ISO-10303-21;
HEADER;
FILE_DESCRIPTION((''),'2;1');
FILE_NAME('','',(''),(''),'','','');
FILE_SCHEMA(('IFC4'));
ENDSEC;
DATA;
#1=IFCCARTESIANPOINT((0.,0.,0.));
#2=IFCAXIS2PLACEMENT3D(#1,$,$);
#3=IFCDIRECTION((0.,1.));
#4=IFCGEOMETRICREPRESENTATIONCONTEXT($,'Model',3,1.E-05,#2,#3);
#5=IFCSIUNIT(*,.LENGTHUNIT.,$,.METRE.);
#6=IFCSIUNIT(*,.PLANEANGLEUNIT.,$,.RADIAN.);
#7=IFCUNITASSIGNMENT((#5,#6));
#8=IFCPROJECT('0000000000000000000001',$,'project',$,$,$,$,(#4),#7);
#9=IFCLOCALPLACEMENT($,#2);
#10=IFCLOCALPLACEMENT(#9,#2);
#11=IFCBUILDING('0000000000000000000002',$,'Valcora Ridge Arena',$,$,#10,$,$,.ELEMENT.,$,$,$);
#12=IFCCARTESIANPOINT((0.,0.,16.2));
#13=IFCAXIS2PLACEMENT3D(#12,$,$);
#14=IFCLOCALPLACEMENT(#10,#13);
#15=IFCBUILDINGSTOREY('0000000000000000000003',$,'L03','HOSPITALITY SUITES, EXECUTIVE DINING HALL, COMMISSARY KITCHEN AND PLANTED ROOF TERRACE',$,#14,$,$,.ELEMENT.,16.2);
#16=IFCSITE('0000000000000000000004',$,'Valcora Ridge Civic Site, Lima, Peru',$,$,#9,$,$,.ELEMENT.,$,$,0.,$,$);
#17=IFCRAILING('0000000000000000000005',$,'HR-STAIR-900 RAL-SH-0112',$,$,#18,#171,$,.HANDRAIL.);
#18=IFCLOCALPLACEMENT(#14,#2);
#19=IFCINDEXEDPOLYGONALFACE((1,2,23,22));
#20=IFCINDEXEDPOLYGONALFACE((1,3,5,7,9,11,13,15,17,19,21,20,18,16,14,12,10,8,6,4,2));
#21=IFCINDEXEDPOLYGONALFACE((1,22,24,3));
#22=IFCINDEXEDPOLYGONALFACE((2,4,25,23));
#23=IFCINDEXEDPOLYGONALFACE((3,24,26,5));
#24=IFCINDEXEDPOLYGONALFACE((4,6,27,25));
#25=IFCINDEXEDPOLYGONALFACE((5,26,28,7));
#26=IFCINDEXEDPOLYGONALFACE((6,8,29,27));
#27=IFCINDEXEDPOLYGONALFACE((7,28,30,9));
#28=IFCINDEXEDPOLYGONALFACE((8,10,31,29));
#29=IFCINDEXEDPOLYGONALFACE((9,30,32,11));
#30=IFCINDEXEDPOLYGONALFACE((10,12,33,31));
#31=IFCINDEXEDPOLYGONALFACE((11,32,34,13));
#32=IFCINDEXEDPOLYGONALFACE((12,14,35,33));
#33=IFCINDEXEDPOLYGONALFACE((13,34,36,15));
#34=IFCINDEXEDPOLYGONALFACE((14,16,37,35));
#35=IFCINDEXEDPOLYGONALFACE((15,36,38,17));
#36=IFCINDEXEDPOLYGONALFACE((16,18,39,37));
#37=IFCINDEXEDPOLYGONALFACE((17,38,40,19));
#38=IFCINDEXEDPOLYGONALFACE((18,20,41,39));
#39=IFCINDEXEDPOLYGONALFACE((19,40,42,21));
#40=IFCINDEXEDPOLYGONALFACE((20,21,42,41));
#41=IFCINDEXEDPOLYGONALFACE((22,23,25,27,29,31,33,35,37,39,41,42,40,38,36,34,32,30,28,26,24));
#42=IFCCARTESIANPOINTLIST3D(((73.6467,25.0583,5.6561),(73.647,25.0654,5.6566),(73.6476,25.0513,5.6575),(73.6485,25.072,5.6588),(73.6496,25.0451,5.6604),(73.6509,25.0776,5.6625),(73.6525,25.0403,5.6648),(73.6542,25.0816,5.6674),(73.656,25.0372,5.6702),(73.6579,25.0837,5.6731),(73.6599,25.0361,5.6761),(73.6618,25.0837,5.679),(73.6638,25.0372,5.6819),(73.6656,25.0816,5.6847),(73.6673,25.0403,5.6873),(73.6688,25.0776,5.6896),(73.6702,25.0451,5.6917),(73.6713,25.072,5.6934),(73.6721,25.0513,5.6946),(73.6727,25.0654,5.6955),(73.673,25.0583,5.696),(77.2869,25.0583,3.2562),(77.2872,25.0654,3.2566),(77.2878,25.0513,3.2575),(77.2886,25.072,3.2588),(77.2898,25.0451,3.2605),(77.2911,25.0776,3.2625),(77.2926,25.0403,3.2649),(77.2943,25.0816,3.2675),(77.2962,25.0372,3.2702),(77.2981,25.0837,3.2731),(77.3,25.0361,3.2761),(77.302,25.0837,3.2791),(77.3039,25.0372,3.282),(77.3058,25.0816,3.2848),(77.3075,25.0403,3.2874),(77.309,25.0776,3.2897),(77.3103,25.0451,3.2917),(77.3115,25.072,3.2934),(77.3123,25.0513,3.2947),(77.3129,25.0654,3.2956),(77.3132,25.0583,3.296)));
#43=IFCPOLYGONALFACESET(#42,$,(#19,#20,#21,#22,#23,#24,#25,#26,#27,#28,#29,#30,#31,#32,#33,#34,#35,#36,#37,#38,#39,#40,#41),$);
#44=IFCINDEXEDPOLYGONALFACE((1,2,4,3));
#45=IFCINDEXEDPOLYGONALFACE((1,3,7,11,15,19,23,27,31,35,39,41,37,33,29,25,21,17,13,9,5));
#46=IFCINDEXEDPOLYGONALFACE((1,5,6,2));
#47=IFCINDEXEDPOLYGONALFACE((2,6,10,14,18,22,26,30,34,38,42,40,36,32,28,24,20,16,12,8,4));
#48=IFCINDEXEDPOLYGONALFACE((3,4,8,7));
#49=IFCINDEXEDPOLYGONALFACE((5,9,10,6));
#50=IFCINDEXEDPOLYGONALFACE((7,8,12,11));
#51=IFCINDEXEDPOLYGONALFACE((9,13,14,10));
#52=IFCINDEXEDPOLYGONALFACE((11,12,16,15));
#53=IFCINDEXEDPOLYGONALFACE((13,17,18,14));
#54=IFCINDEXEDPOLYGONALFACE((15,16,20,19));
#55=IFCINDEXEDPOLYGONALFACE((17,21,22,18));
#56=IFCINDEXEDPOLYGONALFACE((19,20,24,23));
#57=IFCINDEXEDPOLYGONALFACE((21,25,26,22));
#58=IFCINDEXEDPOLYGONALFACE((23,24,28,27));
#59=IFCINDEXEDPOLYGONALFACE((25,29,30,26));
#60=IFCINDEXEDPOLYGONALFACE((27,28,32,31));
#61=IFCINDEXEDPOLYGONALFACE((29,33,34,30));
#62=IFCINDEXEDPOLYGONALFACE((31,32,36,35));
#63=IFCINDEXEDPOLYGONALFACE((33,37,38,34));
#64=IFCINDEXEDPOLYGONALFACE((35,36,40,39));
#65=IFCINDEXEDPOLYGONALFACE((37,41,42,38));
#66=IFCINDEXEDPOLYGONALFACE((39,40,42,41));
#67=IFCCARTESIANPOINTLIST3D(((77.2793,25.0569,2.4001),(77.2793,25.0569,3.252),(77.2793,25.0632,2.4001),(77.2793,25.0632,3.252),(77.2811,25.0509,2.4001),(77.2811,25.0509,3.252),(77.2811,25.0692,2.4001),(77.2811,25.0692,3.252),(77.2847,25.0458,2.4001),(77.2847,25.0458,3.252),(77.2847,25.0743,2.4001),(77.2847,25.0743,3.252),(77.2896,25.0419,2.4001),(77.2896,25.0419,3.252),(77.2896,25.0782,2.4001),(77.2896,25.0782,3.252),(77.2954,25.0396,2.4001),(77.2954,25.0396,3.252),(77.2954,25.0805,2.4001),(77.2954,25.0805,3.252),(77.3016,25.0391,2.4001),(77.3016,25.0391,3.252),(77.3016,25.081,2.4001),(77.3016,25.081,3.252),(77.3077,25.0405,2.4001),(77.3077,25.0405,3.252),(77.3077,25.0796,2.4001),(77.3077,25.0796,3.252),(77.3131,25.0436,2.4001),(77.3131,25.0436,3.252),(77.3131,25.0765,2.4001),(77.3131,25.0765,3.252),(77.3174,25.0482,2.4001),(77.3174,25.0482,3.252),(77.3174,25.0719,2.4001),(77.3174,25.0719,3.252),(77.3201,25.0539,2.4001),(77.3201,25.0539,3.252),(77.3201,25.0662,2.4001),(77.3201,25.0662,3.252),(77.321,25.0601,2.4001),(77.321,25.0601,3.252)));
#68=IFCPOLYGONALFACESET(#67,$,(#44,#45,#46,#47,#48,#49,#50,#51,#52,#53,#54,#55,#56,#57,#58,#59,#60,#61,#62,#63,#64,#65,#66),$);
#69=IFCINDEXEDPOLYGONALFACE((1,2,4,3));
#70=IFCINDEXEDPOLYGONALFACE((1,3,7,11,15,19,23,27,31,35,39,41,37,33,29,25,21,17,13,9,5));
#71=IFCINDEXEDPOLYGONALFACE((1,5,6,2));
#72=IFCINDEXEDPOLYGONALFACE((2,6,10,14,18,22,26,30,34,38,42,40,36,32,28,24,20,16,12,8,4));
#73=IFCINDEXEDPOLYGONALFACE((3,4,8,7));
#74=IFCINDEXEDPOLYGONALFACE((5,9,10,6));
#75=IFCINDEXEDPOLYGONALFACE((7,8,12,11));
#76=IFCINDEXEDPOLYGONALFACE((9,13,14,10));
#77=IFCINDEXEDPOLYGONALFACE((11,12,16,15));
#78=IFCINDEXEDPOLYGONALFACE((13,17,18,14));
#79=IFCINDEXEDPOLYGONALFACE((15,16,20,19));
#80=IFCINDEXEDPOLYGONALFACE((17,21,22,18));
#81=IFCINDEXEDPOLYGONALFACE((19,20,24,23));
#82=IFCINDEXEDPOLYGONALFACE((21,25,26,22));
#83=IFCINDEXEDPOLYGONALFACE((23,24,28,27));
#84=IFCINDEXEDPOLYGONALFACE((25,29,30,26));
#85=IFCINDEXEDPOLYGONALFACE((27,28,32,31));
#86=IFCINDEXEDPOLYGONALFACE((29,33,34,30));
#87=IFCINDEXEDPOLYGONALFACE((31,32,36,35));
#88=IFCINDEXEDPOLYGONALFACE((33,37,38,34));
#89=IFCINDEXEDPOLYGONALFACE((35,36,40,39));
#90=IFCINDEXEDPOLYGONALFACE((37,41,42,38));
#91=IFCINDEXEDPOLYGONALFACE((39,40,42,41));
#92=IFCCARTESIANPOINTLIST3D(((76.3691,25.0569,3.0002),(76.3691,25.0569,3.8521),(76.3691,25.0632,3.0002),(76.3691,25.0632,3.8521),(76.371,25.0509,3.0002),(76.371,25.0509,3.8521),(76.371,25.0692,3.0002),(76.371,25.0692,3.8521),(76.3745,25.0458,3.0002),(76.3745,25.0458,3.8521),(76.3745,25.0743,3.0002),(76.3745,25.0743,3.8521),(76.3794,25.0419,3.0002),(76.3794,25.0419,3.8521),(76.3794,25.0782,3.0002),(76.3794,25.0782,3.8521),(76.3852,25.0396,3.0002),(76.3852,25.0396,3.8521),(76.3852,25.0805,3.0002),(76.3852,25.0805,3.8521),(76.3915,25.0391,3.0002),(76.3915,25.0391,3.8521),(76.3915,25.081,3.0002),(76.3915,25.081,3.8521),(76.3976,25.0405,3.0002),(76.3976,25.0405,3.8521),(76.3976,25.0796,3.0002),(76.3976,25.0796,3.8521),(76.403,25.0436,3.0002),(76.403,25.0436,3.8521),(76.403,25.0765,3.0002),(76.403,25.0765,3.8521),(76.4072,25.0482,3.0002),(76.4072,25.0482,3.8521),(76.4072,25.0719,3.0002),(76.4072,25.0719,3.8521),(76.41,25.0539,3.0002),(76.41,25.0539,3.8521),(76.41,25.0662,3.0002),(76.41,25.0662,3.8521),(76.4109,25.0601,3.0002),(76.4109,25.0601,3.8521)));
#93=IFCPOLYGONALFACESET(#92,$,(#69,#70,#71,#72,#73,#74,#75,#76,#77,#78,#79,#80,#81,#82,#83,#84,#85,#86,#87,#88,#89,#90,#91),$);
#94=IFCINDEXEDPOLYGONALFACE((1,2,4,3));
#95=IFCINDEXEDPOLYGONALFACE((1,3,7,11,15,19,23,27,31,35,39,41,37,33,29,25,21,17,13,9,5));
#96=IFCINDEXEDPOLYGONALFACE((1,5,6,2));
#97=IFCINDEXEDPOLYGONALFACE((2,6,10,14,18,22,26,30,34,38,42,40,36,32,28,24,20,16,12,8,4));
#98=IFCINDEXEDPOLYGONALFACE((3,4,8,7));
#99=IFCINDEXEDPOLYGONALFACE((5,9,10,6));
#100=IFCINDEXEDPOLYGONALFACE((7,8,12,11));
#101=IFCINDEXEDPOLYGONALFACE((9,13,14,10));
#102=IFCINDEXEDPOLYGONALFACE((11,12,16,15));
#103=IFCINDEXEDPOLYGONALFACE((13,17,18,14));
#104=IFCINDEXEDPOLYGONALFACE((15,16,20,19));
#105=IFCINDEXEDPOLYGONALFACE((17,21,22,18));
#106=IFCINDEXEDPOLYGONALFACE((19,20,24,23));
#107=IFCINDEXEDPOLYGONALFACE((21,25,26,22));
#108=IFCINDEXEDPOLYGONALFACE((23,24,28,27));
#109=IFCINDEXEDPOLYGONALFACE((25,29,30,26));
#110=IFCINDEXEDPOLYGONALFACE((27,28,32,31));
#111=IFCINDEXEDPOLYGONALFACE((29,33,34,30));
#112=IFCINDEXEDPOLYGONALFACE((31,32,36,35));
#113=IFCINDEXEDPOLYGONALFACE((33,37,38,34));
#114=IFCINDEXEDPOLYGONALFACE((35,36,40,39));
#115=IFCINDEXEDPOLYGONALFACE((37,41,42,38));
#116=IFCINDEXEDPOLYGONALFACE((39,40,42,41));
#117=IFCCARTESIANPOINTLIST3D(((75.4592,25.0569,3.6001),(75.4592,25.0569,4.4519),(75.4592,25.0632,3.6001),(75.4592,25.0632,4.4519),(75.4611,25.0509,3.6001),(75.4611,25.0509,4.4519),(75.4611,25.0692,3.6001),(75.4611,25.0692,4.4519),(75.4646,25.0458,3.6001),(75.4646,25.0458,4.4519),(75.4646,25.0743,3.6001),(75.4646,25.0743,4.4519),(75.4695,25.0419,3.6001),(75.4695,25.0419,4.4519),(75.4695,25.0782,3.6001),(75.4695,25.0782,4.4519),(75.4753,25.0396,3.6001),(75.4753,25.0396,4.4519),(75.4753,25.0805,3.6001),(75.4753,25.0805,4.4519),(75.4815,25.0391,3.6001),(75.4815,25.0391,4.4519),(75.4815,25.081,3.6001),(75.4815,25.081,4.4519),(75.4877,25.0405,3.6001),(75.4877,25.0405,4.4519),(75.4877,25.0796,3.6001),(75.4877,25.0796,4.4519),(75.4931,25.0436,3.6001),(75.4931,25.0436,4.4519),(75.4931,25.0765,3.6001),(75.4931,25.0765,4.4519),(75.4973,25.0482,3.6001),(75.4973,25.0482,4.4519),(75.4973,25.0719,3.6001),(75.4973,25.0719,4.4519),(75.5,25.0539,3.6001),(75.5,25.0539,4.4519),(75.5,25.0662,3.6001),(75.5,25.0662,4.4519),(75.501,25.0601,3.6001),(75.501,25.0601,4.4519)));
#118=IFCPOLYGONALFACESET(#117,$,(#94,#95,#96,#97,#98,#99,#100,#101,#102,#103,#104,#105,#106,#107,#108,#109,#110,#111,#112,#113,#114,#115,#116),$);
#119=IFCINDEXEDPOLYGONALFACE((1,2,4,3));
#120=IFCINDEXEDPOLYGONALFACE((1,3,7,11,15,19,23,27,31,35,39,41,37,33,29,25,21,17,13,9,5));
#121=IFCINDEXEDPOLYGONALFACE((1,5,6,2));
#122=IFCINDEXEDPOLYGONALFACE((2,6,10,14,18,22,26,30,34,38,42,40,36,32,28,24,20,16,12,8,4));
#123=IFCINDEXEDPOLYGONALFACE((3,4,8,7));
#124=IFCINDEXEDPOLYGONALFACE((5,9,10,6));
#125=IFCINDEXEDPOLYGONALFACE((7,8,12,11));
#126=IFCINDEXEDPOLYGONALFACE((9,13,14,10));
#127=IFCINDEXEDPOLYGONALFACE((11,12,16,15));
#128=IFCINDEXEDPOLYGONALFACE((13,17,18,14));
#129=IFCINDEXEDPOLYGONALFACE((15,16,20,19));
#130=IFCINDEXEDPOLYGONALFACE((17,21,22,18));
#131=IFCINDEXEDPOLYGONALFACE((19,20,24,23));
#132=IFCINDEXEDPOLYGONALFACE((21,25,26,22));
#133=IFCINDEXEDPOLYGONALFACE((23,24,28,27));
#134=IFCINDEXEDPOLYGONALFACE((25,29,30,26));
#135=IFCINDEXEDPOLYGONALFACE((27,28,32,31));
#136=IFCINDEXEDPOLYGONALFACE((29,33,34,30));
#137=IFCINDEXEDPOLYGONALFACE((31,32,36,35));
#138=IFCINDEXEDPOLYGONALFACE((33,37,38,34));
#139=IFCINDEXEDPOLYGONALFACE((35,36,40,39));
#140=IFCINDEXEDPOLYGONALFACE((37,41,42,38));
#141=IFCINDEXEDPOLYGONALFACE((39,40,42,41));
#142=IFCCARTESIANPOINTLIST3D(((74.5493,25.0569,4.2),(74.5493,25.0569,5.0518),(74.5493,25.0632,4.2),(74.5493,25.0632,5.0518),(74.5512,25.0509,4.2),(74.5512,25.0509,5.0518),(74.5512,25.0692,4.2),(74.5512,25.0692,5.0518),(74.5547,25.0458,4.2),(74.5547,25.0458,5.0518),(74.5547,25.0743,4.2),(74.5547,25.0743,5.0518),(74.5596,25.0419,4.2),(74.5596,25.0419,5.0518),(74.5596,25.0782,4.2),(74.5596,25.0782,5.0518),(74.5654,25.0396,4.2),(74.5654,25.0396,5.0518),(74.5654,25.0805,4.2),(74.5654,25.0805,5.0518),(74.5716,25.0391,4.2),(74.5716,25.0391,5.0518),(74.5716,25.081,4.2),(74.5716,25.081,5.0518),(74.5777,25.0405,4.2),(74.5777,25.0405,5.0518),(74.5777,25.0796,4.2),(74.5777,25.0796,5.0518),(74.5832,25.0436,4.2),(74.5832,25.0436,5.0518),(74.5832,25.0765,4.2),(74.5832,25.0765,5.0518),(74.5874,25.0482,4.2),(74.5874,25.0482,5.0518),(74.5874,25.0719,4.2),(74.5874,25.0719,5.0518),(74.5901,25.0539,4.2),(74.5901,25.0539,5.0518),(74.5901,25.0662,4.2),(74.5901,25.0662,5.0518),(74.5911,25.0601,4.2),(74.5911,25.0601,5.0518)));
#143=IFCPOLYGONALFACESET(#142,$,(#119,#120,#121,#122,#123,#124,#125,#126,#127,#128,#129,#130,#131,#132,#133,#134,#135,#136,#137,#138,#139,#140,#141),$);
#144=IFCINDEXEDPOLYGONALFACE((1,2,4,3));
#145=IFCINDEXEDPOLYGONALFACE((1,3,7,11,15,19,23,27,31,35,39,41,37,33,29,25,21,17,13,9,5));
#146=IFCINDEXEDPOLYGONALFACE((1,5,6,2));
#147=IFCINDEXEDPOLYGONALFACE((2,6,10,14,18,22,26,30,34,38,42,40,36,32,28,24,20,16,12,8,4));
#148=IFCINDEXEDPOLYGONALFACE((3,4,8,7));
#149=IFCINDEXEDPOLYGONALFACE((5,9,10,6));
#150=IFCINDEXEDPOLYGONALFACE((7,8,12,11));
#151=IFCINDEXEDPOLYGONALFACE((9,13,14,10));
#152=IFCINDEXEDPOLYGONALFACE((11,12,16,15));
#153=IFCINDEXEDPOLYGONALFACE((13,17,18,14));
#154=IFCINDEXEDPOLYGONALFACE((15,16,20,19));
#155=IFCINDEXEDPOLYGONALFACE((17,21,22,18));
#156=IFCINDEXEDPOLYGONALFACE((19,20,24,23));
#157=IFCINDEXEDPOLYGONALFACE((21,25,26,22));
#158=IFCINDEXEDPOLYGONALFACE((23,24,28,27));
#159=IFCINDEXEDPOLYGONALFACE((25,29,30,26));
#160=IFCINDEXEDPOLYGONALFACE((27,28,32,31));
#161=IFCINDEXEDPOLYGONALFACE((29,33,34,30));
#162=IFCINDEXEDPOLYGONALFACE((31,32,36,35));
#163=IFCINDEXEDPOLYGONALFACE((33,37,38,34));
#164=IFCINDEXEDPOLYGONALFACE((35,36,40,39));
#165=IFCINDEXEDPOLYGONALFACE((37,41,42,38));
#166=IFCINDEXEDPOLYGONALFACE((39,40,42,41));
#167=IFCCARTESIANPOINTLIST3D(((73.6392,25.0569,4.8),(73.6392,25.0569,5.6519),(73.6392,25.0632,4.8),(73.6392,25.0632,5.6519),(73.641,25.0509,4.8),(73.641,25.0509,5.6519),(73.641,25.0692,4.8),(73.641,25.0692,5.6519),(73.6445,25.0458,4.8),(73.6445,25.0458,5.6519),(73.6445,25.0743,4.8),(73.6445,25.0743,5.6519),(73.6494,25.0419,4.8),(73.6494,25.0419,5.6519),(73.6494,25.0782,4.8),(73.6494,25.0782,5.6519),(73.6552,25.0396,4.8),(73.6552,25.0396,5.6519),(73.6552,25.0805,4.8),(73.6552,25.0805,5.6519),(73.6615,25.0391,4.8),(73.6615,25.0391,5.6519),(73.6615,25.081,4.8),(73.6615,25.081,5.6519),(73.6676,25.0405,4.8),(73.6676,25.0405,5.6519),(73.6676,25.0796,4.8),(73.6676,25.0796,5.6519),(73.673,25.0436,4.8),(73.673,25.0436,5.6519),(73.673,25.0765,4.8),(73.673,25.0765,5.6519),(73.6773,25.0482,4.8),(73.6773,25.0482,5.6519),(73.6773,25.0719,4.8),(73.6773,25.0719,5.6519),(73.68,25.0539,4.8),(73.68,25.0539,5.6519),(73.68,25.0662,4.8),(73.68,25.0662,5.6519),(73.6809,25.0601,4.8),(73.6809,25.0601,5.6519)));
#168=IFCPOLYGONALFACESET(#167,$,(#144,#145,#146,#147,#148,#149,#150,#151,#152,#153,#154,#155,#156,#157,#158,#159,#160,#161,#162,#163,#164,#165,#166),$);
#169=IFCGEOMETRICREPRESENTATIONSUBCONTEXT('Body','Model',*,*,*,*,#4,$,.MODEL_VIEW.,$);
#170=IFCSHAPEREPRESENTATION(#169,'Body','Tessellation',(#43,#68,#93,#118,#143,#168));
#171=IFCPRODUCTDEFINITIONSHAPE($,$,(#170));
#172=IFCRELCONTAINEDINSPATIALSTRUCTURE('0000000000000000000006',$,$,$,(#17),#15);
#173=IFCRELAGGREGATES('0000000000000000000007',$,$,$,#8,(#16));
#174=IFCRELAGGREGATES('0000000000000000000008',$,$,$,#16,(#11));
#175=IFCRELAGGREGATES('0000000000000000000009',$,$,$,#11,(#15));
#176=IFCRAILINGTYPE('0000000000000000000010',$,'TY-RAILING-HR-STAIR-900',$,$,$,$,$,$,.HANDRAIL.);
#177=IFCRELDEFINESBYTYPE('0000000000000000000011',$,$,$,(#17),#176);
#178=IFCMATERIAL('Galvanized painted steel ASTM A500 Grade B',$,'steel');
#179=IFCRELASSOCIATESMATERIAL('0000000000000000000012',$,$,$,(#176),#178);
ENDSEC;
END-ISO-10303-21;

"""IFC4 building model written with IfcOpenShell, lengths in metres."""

from ifc_helpers import new_model, si_unit, direction, frame, origin, origin_2d, place, context, subcontext, project, spatial, circle, extrude, material, type_object, element, save


model = new_model("IFC4")

# Units and contexts
model_context = context("Model", 3, precision=1e-05, world=origin(), true_north=direction((0.0, 1.0)))
body_context = subcontext(model_context, "Body", "Model", "MODEL_VIEW")
ifc_project = project(units=[si_unit("LENGTHUNIT", "METRE"), si_unit("PLANEANGLEUNIT", "RADIAN")], contexts=[model_context])

# Site, building, storey
site_placement = place(None, origin())
site = spatial("IfcSite", under=ifc_project, at=site_placement, Name="Valcora Ridge Civic Site, Lima, Peru", CompositionType="ELEMENT", RefElevation=0.0)
building_placement = place(site_placement, origin())
building = spatial("IfcBuilding", under=site, at=building_placement, Name="Valcora Ridge Arena", CompositionType="ELEMENT")
storey_placement = place(building_placement, frame((0.0, 0.0, 16.2)))
storey = spatial("IfcBuildingStorey", under=building, at=storey_placement, Name="L03", Description="HOSPITALITY SUITES, EXECUTIVE DINING HALL, COMMISSARY KITCHEN AND PLANTED ROOF TERRACE", CompositionType="ELEMENT", Elevation=16.2)

# Railing
ifc_material_1 = material(Name="Galvanized painted steel ASTM A500 Grade B", Category="steel")
railing_type_1 = type_object("IfcRailingType", Name="TY-RAILING-HR-STAIR-900", PredefinedType="HANDRAIL", material=ifc_material_1)
railing_1_placement = place(storey_placement, frame((77.3, 25.0601, 2.4001)))
element("IfcRailing", 1, at=railing_1_placement, inside=storey, type_object=railing_type_1, Name="HR-STAIR-900 RAL-SH-0112", PredefinedType="HANDRAIL", context=body_context, shape_type="SweptSolid", body=[
    extrude(circle(Radius=0.0239, at=origin_2d()), frame((0.0, 0.0, 0.876), z_axis=(-0.834882, 0.0, 0.550429), x_axis=(0.0, -1.0, 0.0)), (0.0, 0.0, 1.0), 4.3601),
    extrude(circle(Radius=0.021, at=origin_2d()), origin(), (0.0, 0.0, 1.0), 0.8518),
    extrude(circle(Radius=0.021, at=origin_2d()), frame((-0.9102, 0.0, 0.6001)), (0.0, 0.0, 1.0), 0.8518),
    extrude(circle(Radius=0.021, at=origin_2d()), frame((-1.8201, 0.0, 1.2)), (0.0, 0.0, 1.0), 0.8518),
    extrude(circle(Radius=0.021, at=origin_2d()), frame((-2.73, 0.0, 1.7998)), (0.0, 0.0, 1.0), 0.8518),
    extrude(circle(Radius=0.021, at=origin_2d()), frame((-3.6401, 0.0, 2.3999)), (0.0, 0.0, 1.0), 0.8518),
])

save(model, "model.ifc")
